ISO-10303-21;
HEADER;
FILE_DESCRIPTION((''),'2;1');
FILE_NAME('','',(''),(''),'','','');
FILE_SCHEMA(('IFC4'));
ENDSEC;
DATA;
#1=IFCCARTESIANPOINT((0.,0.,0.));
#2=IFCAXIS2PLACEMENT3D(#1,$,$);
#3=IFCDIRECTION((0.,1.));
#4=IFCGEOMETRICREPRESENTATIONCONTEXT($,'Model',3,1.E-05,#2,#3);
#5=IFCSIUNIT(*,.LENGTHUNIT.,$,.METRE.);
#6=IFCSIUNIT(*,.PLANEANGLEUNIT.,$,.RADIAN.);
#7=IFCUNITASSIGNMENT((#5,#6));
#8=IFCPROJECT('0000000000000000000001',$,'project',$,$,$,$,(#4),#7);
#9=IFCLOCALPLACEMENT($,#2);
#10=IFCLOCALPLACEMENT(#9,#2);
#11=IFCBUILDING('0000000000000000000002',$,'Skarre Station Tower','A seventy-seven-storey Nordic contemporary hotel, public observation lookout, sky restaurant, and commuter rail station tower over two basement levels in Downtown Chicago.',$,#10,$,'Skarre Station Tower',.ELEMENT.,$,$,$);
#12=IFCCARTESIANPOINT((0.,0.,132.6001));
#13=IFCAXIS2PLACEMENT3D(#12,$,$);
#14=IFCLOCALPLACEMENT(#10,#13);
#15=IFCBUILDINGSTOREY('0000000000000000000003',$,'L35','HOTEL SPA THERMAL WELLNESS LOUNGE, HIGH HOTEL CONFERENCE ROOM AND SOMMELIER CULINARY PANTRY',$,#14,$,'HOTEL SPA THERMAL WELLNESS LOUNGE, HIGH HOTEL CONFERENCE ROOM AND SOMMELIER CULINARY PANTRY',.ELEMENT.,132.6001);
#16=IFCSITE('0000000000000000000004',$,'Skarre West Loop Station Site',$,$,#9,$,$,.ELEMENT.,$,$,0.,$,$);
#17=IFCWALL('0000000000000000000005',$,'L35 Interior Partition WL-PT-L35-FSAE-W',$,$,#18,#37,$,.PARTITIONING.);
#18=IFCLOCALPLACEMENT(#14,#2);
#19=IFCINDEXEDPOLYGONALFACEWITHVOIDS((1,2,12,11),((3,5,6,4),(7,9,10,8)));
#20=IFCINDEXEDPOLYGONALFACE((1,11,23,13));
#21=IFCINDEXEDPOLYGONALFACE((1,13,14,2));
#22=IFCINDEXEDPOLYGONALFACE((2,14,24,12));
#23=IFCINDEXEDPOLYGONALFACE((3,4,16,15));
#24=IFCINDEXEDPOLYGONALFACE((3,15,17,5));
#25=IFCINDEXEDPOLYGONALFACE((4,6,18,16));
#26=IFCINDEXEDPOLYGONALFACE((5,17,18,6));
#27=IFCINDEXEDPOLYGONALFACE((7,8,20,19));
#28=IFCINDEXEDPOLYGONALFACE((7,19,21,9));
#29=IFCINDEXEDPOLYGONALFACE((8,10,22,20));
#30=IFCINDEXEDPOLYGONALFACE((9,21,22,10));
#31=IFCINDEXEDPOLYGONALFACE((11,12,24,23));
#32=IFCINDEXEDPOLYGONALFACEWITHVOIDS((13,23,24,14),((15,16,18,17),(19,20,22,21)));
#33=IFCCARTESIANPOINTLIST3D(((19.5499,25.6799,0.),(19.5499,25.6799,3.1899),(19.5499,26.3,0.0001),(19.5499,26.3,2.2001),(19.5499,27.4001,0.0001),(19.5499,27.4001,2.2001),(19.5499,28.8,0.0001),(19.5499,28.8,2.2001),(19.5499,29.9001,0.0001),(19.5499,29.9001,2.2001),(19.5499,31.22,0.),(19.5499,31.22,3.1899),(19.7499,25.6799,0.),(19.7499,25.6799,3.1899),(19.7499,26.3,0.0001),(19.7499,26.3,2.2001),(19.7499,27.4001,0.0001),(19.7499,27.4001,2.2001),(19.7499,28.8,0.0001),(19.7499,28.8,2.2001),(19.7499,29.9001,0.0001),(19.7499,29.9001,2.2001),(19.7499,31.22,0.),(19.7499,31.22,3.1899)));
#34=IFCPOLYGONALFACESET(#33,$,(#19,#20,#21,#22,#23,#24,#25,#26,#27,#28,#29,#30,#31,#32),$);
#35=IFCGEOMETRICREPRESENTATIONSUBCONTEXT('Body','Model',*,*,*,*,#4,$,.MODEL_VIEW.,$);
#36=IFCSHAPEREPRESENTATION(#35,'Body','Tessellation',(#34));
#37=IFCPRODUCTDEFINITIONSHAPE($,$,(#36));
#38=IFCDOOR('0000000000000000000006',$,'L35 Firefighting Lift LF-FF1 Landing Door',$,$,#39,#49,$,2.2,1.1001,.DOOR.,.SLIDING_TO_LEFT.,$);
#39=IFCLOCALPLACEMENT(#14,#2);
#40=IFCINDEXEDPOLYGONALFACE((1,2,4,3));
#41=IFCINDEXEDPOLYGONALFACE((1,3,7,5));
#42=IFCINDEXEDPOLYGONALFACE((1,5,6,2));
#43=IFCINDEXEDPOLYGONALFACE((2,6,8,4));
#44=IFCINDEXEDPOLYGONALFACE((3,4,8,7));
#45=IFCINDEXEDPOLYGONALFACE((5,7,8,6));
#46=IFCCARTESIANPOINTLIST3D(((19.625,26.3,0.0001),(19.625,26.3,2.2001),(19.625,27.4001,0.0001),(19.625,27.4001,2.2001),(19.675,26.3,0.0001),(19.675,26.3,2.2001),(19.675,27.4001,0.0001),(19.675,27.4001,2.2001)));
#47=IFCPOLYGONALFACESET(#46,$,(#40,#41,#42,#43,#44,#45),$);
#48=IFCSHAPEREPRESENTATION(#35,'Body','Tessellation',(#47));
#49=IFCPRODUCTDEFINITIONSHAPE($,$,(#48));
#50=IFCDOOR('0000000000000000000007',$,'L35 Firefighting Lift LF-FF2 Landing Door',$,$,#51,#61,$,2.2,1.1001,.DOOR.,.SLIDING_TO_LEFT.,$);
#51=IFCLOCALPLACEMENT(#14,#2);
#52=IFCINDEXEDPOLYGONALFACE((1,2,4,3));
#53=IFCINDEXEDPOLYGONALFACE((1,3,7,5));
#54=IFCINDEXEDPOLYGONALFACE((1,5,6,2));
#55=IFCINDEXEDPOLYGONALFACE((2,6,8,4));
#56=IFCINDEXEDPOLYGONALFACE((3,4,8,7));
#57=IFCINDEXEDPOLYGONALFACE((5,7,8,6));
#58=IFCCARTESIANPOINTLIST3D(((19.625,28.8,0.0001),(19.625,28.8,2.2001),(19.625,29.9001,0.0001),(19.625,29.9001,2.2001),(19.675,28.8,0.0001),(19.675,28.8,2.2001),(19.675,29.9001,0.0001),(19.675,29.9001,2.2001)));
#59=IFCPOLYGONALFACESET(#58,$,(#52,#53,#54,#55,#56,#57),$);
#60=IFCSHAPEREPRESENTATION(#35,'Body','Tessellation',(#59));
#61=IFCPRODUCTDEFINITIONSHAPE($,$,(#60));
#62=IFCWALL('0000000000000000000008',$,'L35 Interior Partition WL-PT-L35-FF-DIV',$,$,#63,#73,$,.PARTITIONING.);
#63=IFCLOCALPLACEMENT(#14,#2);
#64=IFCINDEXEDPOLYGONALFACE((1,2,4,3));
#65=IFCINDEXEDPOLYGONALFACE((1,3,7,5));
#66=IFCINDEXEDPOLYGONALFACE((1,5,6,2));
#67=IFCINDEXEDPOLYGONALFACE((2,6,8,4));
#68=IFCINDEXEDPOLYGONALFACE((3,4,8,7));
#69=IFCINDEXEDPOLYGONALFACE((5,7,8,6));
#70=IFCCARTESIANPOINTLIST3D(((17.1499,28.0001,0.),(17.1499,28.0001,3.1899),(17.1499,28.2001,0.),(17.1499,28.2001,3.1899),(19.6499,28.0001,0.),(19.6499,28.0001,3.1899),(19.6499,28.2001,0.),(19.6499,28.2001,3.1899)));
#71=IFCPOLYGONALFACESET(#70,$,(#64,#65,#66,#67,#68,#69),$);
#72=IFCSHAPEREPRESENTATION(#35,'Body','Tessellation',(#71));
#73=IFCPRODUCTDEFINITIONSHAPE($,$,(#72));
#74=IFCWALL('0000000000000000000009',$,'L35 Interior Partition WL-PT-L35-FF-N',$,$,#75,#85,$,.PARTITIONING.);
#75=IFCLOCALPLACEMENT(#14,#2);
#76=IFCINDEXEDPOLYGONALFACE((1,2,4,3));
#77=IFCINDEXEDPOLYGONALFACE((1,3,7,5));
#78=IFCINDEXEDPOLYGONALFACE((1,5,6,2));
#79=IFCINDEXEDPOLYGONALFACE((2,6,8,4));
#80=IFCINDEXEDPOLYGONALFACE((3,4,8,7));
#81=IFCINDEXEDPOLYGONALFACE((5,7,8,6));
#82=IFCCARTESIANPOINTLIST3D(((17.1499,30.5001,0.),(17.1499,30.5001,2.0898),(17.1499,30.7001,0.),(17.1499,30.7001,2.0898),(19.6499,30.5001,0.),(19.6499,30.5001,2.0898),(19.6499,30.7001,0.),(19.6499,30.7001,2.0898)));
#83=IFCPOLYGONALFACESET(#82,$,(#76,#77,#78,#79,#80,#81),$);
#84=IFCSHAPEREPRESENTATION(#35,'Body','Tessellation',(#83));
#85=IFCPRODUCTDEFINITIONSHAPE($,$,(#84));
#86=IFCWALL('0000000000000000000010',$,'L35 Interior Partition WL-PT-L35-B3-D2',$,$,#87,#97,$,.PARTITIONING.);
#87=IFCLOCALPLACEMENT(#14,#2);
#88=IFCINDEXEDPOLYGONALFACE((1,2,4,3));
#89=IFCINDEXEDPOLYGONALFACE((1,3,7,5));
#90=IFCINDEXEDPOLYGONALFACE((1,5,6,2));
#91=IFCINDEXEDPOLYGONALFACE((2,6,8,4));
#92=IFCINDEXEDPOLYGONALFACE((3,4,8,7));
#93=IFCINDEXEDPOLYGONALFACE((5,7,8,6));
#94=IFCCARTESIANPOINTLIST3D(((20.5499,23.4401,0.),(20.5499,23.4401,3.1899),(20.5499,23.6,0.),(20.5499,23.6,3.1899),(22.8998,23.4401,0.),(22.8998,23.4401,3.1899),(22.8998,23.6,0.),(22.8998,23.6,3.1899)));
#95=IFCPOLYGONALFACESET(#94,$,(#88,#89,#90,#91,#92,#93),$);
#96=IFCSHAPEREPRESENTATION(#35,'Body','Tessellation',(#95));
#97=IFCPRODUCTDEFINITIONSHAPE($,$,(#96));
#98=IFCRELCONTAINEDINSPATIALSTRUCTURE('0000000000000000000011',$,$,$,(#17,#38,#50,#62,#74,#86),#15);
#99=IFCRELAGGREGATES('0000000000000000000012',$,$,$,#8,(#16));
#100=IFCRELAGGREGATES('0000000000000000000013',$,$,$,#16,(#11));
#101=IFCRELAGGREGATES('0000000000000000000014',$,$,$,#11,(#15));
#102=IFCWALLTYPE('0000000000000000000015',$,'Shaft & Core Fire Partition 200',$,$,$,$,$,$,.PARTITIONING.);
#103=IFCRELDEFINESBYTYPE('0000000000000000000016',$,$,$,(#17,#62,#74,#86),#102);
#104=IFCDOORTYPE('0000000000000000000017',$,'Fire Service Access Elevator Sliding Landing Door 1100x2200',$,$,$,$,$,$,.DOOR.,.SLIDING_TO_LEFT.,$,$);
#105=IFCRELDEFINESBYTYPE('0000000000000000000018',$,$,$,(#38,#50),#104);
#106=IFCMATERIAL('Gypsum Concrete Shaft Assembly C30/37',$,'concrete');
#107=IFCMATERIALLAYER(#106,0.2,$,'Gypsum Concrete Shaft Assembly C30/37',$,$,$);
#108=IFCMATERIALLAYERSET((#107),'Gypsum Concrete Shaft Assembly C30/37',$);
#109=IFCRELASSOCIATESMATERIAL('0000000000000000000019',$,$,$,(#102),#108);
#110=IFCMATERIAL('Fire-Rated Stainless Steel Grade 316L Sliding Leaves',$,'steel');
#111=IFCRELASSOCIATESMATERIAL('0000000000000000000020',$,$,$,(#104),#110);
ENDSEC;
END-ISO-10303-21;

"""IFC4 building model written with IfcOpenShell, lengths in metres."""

from ifc_helpers import new_model, si_unit, direction, frame, frame_2d, origin, place, context, subcontext, project, spatial, rectangle, extrude, material, layer, layer_set, type_object, element, fill, save


model = new_model("IFC4")

# Units and contexts
model_context = context("Model", 3, precision=1e-05, world=origin(), true_north=direction((0.0, 1.0)))
body_context = subcontext(model_context, "Body", "Model", "MODEL_VIEW")
ifc_project = project(units=[si_unit("LENGTHUNIT", "METRE"), si_unit("PLANEANGLEUNIT", "RADIAN")], contexts=[model_context])

# Site, building, storey
site_placement = place(None, origin())
site = spatial("IfcSite", under=ifc_project, at=site_placement, Name="Skarre West Loop Station Site", CompositionType="ELEMENT", RefElevation=0.0)
building_placement = place(site_placement, origin())
building = spatial("IfcBuilding", under=site, at=building_placement, Name="Skarre Station Tower", Description="A seventy-seven-storey Nordic contemporary hotel, public observation lookout, sky restaurant, and commuter rail station tower over two basement levels in Downtown Chicago.", LongName="Skarre Station Tower", CompositionType="ELEMENT")
storey_placement = place(building_placement, frame((0.0, 0.0, 132.6001)))
storey = spatial("IfcBuildingStorey", under=building, at=storey_placement, Name="L35", Description="HOTEL SPA THERMAL WELLNESS LOUNGE, HIGH HOTEL CONFERENCE ROOM AND SOMMELIER CULINARY PANTRY", LongName="HOTEL SPA THERMAL WELLNESS LOUNGE, HIGH HOTEL CONFERENCE ROOM AND SOMMELIER CULINARY PANTRY", CompositionType="ELEMENT", Elevation=132.6001)

# Wall, openings, doors
ifc_material_1 = material(Name="Gypsum Concrete Shaft Assembly C30/37", Category="concrete")
ifc_layer_1 = layer(ifc_material_1, 0.2, Name="Gypsum Concrete Shaft Assembly C30/37")
ifc_layer_set_1 = layer_set([ifc_layer_1], Name="Gypsum Concrete Shaft Assembly C30/37")
wall_type_1 = type_object("IfcWallType", Name="Shaft & Core Fire Partition 200", PredefinedType="PARTITIONING", material=ifc_layer_set_1)
wall_1_placement = place(storey_placement, frame((19.6499, 25.6799, 0.0), z_axis=(0.0, 0.0, 1.0), x_axis=(0.0, 1.0, 0.0)))
wall_1 = element("IfcWall", 1, at=wall_1_placement, inside=storey, type_object=wall_type_1, Name="L35 Interior Partition WL-PT-L35-FSAE-W", PredefinedType="PARTITIONING", context=body_context, shape_type="SweptSolid", body=[
    extrude(rectangle(XDim=5.54, YDim=0.2, at=frame_2d((2.77, 0.0))), origin(), (0.0, 0.0, 1.0), 3.1899),
])
opening_1_placement = place(wall_1_placement, frame((0.6201, 0.0, 0.0)))
opening_1 = element("IfcOpeningElement", 2, at=opening_1_placement, cuts=wall_1, PredefinedType="OPENING", context=body_context, shape_type="SweptSolid", body=[
    extrude(rectangle(XDim=1.1001, YDim=2.2, at=frame_2d((0.55, 1.1001))), frame((0.0, 0.1099, 0.0), z_axis=(0.0, -1.0, 0.0), x_axis=(1.0, 0.0, 0.0)), (0.0, 0.0, 1.0), 0.22),
])
opening_2_placement = place(wall_1_placement, frame((3.1201, 0.0, 0.0)))
opening_2 = element("IfcOpeningElement", 3, at=opening_2_placement, cuts=wall_1, PredefinedType="OPENING", context=body_context, shape_type="SweptSolid", body=[
    extrude(rectangle(XDim=1.1001, YDim=2.2, at=frame_2d((0.55, 1.1001))), frame((0.0, 0.1099, 0.0), z_axis=(0.0, -1.0, 0.0), x_axis=(1.0, 0.0, 0.0)), (0.0, 0.0, 1.0), 0.22),
])
ifc_material_2 = material(Name="Fire-Rated Stainless Steel Grade 316L Sliding Leaves", Category="steel")
door_type = type_object("IfcDoorType", Name="Fire Service Access Elevator Sliding Landing Door 1100x2200", OperationType="SLIDING_TO_LEFT", PredefinedType="DOOR", material=ifc_material_2)
door_1_placement = place(opening_1_placement, origin())
door_1 = element("IfcDoor", 4, at=door_1_placement, inside=storey, type_object=door_type, Name="L35 Firefighting Lift LF-FF1 Landing Door", OperationType="SLIDING_TO_LEFT", OverallHeight=2.2, OverallWidth=1.1001, PredefinedType="DOOR", context=body_context, shape_type="SweptSolid", body=[
    extrude(rectangle(XDim=1.1001, YDim=2.2, at=frame_2d((0.55, 1.1001))), frame((0.0, 0.0249, 0.0), z_axis=(0.0, -1.0, 0.0), x_axis=(1.0, 0.0, 0.0)), (0.0, 0.0, 1.0), 0.05),
])
fill(opening_1, door_1)
door_2_placement = place(opening_2_placement, origin())
door_2 = element("IfcDoor", 5, at=door_2_placement, inside=storey, type_object=door_type, Name="L35 Firefighting Lift LF-FF2 Landing Door", OperationType="SLIDING_TO_LEFT", OverallHeight=2.2, OverallWidth=1.1001, PredefinedType="DOOR", context=body_context, shape_type="SweptSolid", body=[
    extrude(rectangle(XDim=1.1001, YDim=2.2, at=frame_2d((0.55, 1.1001))), frame((0.0, 0.0249, 0.0), z_axis=(0.0, -1.0, 0.0), x_axis=(1.0, 0.0, 0.0)), (0.0, 0.0, 1.0), 0.05),
])
fill(opening_2, door_2)

# Walls
wall_2_placement = place(storey_placement, frame((17.1499, 28.1001, 0.0), z_axis=(0.0, 0.0, 1.0), x_axis=(1.0, 0.0, 0.0)))
element("IfcWall", 6, at=wall_2_placement, inside=storey, type_object=wall_type_1, Name="L35 Interior Partition WL-PT-L35-FF-DIV", PredefinedType="PARTITIONING", context=body_context, shape_type="SweptSolid", body=[
    extrude(rectangle(XDim=2.5, YDim=0.2, at=frame_2d((1.25, 0.0))), origin(), (0.0, 0.0, 1.0), 3.1899),
])
wall_3_placement = place(storey_placement, frame((19.6499, 30.6001, 0.0), z_axis=(0.0, 0.0, 1.0), x_axis=(-1.0, 0.0, 0.0)))
element("IfcWall", 7, at=wall_3_placement, inside=storey, type_object=wall_type_1, Name="L35 Interior Partition WL-PT-L35-FF-N", PredefinedType="PARTITIONING", context=body_context, shape_type="SweptSolid", body=[
    extrude(rectangle(XDim=2.5, YDim=0.2, at=frame_2d((1.25, 0.0))), origin(), (0.0, 0.0, 1.0), 2.0898),
])
wall_4_placement = place(storey_placement, frame((20.55, 23.52, 0.0), z_axis=(0.0, 0.0, 1.0), x_axis=(1.0, 0.0, 0.0)))
element("IfcWall", 8, at=wall_4_placement, inside=storey, type_object=wall_type_1, Name="L35 Interior Partition WL-PT-L35-B3-D2", PredefinedType="PARTITIONING", context=body_context, shape_type="SweptSolid", body=[
    extrude(rectangle(XDim=2.3499, YDim=0.1599, at=frame_2d((1.1748, 0.0))), origin(), (0.0, 0.0, 1.0), 3.1899),
])

save(model, "model.ifc")
